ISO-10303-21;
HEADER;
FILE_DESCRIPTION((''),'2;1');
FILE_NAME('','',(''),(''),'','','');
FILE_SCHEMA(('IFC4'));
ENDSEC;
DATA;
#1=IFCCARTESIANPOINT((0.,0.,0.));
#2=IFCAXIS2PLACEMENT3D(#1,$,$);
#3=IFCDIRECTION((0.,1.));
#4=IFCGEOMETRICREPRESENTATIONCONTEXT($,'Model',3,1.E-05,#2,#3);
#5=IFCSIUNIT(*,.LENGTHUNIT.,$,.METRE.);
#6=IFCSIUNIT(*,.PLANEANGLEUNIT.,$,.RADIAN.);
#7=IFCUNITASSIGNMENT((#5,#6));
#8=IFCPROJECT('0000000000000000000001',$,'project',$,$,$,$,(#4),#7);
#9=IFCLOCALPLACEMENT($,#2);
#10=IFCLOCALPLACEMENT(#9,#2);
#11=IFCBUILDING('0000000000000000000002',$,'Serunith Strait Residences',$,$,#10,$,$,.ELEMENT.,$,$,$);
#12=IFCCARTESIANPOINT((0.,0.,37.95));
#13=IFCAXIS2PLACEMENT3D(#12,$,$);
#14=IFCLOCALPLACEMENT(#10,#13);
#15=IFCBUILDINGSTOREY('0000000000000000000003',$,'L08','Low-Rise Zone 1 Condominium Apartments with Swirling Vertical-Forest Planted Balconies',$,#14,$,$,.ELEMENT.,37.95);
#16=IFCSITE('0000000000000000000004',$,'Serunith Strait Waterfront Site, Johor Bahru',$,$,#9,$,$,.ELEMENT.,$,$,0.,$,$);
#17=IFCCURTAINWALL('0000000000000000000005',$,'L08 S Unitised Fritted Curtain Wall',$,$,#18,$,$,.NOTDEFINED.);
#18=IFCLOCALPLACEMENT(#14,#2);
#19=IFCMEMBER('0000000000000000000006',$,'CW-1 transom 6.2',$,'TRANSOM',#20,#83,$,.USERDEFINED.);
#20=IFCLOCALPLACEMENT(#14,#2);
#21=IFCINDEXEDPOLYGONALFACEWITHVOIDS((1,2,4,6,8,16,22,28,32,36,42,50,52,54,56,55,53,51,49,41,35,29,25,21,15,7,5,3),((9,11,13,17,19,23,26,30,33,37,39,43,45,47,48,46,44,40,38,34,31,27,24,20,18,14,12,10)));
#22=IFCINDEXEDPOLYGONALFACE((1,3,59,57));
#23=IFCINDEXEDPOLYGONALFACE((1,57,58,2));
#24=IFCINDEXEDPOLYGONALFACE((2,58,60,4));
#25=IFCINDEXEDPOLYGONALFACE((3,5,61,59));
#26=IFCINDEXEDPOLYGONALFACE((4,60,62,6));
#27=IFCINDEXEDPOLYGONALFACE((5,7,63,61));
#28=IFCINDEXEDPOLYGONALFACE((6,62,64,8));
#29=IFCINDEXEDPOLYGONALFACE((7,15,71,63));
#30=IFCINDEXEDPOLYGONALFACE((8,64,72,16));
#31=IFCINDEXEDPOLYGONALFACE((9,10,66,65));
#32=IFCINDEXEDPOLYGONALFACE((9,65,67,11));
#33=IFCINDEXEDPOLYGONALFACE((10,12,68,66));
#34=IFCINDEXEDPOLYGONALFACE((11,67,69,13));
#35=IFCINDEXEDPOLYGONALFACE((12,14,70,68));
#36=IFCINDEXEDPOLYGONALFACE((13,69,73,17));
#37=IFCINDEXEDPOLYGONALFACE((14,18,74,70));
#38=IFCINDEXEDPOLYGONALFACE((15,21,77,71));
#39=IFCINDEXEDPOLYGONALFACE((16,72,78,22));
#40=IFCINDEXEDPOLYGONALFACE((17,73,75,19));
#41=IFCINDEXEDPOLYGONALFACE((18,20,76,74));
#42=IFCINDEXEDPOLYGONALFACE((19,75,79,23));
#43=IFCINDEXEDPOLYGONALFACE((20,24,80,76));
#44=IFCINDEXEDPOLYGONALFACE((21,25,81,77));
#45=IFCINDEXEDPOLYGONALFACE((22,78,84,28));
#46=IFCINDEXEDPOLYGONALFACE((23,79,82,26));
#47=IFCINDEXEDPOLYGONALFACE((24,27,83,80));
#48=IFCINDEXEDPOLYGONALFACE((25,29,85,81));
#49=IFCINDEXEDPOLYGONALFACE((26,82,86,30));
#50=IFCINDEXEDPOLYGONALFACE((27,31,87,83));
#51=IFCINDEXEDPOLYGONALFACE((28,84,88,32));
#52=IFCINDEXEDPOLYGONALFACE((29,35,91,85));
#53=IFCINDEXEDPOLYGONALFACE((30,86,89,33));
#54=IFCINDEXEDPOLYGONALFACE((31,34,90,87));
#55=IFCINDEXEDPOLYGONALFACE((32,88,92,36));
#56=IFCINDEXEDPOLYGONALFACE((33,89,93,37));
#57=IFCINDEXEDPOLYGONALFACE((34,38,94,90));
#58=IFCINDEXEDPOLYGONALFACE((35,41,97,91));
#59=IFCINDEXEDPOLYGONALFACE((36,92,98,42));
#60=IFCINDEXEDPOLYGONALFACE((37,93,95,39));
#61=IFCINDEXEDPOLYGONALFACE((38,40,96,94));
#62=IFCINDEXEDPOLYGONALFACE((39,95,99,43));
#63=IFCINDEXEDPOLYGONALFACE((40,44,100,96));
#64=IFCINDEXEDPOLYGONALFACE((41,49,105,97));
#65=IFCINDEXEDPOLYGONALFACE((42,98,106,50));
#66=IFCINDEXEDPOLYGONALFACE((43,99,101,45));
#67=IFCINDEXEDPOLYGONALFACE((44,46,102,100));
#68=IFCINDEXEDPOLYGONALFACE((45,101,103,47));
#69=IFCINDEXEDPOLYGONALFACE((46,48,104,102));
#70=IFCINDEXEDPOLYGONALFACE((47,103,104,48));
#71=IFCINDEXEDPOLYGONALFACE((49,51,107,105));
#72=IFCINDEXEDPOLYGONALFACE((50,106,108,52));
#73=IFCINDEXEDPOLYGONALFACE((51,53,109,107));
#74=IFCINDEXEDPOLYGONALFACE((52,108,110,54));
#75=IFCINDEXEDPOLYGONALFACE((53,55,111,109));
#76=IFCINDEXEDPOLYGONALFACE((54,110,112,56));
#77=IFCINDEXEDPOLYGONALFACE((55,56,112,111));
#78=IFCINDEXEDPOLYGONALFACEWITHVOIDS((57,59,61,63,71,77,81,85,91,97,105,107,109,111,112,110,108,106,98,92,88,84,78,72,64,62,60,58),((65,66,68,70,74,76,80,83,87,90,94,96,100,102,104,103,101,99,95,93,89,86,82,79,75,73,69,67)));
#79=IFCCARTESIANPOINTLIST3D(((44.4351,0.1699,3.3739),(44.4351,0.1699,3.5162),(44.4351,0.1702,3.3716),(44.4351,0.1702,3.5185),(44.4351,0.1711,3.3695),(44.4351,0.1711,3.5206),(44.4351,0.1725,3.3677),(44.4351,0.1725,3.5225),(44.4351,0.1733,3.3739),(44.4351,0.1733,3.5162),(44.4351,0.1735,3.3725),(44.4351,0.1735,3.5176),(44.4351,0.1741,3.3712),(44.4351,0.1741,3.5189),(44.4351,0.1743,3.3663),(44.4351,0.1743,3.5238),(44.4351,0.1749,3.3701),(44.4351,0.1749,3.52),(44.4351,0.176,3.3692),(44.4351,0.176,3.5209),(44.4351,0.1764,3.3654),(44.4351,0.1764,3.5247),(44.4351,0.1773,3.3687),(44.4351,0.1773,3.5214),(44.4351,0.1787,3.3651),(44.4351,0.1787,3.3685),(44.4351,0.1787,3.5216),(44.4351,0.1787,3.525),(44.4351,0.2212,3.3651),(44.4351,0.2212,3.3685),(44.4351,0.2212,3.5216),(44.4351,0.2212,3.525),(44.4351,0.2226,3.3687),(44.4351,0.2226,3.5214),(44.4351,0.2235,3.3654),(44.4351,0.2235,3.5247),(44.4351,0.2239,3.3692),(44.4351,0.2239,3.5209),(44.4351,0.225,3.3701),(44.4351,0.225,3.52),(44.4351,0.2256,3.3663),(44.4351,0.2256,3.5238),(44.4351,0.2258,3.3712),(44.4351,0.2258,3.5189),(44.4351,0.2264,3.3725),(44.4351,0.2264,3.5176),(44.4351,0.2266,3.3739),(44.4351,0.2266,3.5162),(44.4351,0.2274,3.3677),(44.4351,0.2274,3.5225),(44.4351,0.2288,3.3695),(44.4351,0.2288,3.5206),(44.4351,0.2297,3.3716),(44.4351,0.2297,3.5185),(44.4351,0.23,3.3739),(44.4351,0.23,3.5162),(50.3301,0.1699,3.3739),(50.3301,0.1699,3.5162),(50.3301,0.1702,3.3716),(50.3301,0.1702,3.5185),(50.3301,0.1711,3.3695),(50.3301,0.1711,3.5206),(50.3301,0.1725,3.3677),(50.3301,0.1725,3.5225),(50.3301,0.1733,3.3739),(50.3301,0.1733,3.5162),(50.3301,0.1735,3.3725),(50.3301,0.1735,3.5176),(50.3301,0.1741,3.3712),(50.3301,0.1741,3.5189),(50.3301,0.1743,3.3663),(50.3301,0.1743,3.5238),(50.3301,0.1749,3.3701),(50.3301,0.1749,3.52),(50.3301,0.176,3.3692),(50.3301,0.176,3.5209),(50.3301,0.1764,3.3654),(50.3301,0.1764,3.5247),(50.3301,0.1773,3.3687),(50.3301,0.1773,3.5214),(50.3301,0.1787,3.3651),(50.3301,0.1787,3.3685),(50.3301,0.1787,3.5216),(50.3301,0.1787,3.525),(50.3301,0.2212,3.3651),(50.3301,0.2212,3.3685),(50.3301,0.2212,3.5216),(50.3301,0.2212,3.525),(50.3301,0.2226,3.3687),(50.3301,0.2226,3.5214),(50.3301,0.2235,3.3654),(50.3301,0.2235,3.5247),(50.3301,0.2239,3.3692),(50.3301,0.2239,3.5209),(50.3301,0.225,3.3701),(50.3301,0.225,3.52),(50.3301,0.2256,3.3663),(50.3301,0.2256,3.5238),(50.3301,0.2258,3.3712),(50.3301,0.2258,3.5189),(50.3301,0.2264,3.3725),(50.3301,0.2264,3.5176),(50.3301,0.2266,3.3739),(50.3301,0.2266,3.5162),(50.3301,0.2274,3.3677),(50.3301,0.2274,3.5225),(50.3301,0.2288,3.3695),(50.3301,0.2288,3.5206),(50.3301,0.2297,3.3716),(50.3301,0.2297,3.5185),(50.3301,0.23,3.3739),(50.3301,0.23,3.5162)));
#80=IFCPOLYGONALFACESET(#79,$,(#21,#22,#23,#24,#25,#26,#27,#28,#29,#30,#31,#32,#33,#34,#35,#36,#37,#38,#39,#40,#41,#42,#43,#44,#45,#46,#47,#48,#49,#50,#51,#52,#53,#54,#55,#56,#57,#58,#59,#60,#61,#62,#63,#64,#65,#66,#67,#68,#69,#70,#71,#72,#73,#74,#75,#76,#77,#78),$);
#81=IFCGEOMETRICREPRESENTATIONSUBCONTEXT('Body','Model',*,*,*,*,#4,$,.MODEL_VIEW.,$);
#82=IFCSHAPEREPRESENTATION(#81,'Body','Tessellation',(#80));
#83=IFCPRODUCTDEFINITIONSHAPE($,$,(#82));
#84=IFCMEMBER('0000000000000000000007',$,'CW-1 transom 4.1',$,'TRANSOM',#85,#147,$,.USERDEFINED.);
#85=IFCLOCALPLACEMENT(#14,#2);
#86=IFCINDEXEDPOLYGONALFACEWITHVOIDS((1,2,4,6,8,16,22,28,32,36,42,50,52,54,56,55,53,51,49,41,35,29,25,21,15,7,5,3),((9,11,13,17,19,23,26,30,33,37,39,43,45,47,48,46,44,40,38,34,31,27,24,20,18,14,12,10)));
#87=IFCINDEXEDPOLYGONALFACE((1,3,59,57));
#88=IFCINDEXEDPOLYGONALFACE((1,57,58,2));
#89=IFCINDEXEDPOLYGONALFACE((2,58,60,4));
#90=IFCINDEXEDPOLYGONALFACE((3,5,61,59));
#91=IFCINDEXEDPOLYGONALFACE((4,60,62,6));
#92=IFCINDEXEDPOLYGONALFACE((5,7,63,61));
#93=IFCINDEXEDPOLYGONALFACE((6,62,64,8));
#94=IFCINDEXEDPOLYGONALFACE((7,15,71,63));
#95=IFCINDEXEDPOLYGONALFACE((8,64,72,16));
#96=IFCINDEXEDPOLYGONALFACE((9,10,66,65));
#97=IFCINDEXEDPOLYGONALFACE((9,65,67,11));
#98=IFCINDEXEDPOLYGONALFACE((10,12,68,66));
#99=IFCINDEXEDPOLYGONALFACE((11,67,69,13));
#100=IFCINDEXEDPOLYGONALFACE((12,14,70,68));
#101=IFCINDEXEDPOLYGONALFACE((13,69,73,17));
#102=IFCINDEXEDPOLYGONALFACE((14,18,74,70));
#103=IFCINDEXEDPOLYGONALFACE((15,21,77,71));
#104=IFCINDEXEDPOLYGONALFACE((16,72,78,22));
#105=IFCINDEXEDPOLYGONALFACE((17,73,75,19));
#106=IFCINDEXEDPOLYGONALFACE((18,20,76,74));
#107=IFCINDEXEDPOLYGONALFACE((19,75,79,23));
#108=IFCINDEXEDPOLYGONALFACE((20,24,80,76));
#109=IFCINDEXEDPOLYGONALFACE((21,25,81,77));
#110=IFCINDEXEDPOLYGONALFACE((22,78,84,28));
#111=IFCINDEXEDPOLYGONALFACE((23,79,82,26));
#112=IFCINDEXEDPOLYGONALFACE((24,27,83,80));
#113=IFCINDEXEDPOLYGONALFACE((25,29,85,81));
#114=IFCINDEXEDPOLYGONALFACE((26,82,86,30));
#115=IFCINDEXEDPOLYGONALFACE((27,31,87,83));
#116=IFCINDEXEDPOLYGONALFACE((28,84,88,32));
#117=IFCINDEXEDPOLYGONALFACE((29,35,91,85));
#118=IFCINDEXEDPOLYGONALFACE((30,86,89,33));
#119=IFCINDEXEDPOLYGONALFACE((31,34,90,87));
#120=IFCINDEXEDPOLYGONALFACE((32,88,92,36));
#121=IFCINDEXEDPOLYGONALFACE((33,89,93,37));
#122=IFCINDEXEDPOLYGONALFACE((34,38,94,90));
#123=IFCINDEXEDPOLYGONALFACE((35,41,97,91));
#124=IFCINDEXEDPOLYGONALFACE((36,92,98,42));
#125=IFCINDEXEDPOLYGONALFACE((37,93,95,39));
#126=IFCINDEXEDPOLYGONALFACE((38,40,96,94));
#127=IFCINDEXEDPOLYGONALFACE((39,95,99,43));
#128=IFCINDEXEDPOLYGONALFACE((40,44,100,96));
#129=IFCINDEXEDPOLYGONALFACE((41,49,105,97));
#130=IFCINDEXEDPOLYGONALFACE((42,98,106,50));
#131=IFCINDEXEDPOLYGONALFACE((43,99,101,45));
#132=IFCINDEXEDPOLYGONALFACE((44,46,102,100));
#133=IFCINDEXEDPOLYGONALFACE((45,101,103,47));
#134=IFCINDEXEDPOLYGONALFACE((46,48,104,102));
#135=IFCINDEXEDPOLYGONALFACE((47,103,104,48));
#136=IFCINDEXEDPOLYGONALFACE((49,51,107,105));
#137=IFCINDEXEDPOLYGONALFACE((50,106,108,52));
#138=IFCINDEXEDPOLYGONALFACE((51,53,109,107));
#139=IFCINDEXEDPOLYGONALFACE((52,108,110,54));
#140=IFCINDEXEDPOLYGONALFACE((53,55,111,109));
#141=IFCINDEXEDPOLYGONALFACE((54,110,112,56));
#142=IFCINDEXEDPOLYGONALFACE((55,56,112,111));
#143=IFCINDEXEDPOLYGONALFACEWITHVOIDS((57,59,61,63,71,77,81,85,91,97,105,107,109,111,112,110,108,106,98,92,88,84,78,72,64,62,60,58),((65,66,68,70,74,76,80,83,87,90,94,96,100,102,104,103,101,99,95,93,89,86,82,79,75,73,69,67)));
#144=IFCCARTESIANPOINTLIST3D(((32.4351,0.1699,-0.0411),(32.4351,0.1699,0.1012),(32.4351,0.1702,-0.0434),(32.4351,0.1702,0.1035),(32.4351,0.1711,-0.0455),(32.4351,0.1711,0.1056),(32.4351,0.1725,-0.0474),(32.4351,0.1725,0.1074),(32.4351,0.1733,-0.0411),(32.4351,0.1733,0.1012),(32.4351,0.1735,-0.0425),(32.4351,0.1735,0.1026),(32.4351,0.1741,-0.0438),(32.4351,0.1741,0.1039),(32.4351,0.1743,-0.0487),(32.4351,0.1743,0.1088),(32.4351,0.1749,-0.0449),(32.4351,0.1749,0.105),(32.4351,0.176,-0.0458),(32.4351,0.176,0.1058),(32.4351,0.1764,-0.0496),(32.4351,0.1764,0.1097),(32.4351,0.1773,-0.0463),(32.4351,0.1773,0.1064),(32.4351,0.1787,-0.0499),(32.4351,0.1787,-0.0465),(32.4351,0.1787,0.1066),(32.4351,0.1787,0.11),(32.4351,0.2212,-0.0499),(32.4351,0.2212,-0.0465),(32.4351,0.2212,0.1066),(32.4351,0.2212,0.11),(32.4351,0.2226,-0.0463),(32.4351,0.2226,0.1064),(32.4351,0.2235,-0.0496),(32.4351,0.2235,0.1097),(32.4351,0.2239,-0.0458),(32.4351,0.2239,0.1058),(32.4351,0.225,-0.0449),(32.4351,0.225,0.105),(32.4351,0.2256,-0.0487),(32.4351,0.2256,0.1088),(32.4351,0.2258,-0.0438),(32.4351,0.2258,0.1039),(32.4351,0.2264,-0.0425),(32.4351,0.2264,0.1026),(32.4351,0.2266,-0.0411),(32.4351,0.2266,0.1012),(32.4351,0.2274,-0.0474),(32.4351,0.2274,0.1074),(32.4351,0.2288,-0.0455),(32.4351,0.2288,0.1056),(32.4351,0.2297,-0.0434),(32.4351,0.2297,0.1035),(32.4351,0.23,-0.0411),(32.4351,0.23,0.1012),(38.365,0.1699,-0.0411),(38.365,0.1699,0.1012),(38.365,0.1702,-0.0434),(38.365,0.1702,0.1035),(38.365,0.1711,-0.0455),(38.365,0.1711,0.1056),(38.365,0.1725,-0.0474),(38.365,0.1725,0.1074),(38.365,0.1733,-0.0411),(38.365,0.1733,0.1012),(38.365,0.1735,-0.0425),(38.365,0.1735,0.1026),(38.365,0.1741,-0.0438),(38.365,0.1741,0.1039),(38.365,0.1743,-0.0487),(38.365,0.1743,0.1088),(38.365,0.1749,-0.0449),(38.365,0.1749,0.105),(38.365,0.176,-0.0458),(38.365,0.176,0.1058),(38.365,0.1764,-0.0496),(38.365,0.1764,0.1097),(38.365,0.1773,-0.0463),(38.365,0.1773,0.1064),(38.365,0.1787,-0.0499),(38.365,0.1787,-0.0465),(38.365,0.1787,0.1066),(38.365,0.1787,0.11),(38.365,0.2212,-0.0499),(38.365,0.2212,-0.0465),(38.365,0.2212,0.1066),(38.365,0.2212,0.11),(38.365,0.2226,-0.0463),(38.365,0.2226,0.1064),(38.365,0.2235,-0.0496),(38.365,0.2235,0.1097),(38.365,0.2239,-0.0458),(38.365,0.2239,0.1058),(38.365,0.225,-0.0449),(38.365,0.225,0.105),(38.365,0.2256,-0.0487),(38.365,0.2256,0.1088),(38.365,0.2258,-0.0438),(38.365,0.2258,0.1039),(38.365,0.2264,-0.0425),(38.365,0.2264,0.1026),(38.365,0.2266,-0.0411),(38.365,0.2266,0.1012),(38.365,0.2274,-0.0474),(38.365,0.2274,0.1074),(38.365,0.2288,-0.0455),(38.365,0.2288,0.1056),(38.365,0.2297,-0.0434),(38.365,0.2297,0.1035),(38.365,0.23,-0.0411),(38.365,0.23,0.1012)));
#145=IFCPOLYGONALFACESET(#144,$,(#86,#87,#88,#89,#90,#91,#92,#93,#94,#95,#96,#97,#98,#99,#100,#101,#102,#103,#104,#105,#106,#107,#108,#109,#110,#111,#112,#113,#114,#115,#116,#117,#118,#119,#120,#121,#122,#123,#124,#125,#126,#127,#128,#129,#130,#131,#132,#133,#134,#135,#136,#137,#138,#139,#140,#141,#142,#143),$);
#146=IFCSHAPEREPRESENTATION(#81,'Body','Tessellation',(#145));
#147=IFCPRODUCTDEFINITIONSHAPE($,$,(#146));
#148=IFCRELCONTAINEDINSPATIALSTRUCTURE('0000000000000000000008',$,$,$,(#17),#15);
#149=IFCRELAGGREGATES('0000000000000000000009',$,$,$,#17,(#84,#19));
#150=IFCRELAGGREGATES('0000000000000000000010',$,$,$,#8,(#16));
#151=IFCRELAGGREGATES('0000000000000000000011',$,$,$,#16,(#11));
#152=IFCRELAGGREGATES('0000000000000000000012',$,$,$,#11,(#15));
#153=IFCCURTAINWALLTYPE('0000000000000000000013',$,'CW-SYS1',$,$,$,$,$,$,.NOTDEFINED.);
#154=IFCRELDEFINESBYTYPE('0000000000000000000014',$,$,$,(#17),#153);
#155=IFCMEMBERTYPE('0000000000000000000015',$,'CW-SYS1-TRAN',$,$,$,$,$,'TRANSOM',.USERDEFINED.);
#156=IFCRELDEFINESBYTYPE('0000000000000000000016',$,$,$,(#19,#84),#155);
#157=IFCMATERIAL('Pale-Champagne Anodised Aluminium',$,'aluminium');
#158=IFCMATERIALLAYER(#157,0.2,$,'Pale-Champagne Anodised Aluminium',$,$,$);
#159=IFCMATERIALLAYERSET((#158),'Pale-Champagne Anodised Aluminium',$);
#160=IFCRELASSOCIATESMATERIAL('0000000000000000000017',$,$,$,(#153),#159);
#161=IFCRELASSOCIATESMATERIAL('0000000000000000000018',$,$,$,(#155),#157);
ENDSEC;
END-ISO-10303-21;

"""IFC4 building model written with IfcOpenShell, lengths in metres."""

from ifc_helpers import new_model, si_unit, direction, frame, origin, origin_2d, place, context, subcontext, project, spatial, hollow_rectangle, extrude, source, transform, mapped, material, layer, layer_set, material_profile, profile_set, type_object, element, aggregate, save


model = new_model("IFC4")

# Units and contexts
model_context = context("Model", 3, precision=1e-05, world=origin(), true_north=direction((0.0, 1.0)))
body_context = subcontext(model_context, "Body", "Model", "MODEL_VIEW")
ifc_project = project(units=[si_unit("LENGTHUNIT", "METRE"), si_unit("PLANEANGLEUNIT", "RADIAN")], contexts=[model_context])

# Site, building, storey
site_placement = place(None, origin())
site = spatial("IfcSite", under=ifc_project, at=site_placement, Name="Serunith Strait Waterfront Site, Johor Bahru", CompositionType="ELEMENT", RefElevation=0.0)
building_placement = place(site_placement, origin())
building = spatial("IfcBuilding", under=site, at=building_placement, Name="Serunith Strait Residences", CompositionType="ELEMENT")
storey_placement = place(building_placement, frame((0.0, 0.0, 37.95)))
storey = spatial("IfcBuildingStorey", under=building, at=storey_placement, Name="L08", Description="Low-Rise Zone 1 Condominium Apartments with Swirling Vertical-Forest Planted Balconies", CompositionType="ELEMENT", Elevation=37.95)

# Curtain wall, members
ifc_material_1 = material(Name="Pale-Champagne Anodised Aluminium", Category="aluminium")
ifc_layer_1 = layer(ifc_material_1, 0.2, Name="Pale-Champagne Anodised Aluminium")
ifc_layer_set_1 = layer_set([ifc_layer_1], Name="Pale-Champagne Anodised Aluminium")
curtain_wall_type = type_object("IfcCurtainWallType", Name="CW-SYS1", PredefinedType="NOTDEFINED", material=ifc_layer_set_1)
curtain_wall_placement = place(storey_placement, origin())
curtain_wall = element("IfcCurtainWall", 1, at=curtain_wall_placement, inside=storey, type_object=curtain_wall_type, Name="L08 S Unitised Fritted Curtain Wall", PredefinedType="NOTDEFINED")
ifc_material_profile_1 = material_profile(ifc_material_1, hollow_rectangle(XDim=0.0601, YDim=0.1599, WallThickness=0.0034, InnerFilletRadius=0.0054, OuterFilletRadius=0.0088, at=origin_2d()), Name="ALU 160x60x3.5")
ifc_profile_set_1 = profile_set([ifc_material_profile_1], Name="Pale-Champagne Anodised Aluminium")
member_type_1 = type_object("IfcMemberType", Name="CW-SYS1-TRAN", ElementType="TRANSOM", PredefinedType="USERDEFINED", material=ifc_profile_set_1)
shared_shape_1 = source(origin(), body_context, "Body", "SweptSolid", [
    extrude(hollow_rectangle(XDim=0.0601, YDim=0.1599, WallThickness=0.0034, InnerFilletRadius=0.0054, OuterFilletRadius=0.0088, at=origin_2d()), origin(), (0.0, 0.0, 1.0), 5.895),
])
member_1_placement = place(storey_placement, frame((44.4351, 0.2, 3.4451), z_axis=(1.0, 0.0, 0.0), x_axis=(0.0, 1.0, 0.0)))
member_1 = element("IfcMember", 2, at=member_1_placement, type_object=member_type_1, Name="CW-1 transom 6.2", ObjectType="TRANSOM", PredefinedType="USERDEFINED", context=body_context, shape_type="MappedRepresentation", body=[
    mapped(shared_shape_1, transform((0.0, 0.0, 0.0), scale=1.0)),
])
shared_shape_2 = source(origin(), body_context, "Body", "SweptSolid", [
    extrude(hollow_rectangle(XDim=0.0601, YDim=0.1599, WallThickness=0.0034, InnerFilletRadius=0.0054, OuterFilletRadius=0.0088, at=origin_2d()), origin(), (0.0, 0.0, 1.0), 5.9299),
])
member_2_placement = place(storey_placement, frame((32.4351, 0.2, 0.03), z_axis=(1.0, 0.0, 0.0), x_axis=(0.0, 1.0, 0.0)))
member_2 = element("IfcMember", 3, at=member_2_placement, type_object=member_type_1, Name="CW-1 transom 4.1", ObjectType="TRANSOM", PredefinedType="USERDEFINED", context=body_context, shape_type="MappedRepresentation", body=[
    mapped(shared_shape_2, transform((0.0, 0.0, 0.0), scale=1.0)),
])
aggregate(curtain_wall, [member_2, member_1])

save(model, "model.ifc")
